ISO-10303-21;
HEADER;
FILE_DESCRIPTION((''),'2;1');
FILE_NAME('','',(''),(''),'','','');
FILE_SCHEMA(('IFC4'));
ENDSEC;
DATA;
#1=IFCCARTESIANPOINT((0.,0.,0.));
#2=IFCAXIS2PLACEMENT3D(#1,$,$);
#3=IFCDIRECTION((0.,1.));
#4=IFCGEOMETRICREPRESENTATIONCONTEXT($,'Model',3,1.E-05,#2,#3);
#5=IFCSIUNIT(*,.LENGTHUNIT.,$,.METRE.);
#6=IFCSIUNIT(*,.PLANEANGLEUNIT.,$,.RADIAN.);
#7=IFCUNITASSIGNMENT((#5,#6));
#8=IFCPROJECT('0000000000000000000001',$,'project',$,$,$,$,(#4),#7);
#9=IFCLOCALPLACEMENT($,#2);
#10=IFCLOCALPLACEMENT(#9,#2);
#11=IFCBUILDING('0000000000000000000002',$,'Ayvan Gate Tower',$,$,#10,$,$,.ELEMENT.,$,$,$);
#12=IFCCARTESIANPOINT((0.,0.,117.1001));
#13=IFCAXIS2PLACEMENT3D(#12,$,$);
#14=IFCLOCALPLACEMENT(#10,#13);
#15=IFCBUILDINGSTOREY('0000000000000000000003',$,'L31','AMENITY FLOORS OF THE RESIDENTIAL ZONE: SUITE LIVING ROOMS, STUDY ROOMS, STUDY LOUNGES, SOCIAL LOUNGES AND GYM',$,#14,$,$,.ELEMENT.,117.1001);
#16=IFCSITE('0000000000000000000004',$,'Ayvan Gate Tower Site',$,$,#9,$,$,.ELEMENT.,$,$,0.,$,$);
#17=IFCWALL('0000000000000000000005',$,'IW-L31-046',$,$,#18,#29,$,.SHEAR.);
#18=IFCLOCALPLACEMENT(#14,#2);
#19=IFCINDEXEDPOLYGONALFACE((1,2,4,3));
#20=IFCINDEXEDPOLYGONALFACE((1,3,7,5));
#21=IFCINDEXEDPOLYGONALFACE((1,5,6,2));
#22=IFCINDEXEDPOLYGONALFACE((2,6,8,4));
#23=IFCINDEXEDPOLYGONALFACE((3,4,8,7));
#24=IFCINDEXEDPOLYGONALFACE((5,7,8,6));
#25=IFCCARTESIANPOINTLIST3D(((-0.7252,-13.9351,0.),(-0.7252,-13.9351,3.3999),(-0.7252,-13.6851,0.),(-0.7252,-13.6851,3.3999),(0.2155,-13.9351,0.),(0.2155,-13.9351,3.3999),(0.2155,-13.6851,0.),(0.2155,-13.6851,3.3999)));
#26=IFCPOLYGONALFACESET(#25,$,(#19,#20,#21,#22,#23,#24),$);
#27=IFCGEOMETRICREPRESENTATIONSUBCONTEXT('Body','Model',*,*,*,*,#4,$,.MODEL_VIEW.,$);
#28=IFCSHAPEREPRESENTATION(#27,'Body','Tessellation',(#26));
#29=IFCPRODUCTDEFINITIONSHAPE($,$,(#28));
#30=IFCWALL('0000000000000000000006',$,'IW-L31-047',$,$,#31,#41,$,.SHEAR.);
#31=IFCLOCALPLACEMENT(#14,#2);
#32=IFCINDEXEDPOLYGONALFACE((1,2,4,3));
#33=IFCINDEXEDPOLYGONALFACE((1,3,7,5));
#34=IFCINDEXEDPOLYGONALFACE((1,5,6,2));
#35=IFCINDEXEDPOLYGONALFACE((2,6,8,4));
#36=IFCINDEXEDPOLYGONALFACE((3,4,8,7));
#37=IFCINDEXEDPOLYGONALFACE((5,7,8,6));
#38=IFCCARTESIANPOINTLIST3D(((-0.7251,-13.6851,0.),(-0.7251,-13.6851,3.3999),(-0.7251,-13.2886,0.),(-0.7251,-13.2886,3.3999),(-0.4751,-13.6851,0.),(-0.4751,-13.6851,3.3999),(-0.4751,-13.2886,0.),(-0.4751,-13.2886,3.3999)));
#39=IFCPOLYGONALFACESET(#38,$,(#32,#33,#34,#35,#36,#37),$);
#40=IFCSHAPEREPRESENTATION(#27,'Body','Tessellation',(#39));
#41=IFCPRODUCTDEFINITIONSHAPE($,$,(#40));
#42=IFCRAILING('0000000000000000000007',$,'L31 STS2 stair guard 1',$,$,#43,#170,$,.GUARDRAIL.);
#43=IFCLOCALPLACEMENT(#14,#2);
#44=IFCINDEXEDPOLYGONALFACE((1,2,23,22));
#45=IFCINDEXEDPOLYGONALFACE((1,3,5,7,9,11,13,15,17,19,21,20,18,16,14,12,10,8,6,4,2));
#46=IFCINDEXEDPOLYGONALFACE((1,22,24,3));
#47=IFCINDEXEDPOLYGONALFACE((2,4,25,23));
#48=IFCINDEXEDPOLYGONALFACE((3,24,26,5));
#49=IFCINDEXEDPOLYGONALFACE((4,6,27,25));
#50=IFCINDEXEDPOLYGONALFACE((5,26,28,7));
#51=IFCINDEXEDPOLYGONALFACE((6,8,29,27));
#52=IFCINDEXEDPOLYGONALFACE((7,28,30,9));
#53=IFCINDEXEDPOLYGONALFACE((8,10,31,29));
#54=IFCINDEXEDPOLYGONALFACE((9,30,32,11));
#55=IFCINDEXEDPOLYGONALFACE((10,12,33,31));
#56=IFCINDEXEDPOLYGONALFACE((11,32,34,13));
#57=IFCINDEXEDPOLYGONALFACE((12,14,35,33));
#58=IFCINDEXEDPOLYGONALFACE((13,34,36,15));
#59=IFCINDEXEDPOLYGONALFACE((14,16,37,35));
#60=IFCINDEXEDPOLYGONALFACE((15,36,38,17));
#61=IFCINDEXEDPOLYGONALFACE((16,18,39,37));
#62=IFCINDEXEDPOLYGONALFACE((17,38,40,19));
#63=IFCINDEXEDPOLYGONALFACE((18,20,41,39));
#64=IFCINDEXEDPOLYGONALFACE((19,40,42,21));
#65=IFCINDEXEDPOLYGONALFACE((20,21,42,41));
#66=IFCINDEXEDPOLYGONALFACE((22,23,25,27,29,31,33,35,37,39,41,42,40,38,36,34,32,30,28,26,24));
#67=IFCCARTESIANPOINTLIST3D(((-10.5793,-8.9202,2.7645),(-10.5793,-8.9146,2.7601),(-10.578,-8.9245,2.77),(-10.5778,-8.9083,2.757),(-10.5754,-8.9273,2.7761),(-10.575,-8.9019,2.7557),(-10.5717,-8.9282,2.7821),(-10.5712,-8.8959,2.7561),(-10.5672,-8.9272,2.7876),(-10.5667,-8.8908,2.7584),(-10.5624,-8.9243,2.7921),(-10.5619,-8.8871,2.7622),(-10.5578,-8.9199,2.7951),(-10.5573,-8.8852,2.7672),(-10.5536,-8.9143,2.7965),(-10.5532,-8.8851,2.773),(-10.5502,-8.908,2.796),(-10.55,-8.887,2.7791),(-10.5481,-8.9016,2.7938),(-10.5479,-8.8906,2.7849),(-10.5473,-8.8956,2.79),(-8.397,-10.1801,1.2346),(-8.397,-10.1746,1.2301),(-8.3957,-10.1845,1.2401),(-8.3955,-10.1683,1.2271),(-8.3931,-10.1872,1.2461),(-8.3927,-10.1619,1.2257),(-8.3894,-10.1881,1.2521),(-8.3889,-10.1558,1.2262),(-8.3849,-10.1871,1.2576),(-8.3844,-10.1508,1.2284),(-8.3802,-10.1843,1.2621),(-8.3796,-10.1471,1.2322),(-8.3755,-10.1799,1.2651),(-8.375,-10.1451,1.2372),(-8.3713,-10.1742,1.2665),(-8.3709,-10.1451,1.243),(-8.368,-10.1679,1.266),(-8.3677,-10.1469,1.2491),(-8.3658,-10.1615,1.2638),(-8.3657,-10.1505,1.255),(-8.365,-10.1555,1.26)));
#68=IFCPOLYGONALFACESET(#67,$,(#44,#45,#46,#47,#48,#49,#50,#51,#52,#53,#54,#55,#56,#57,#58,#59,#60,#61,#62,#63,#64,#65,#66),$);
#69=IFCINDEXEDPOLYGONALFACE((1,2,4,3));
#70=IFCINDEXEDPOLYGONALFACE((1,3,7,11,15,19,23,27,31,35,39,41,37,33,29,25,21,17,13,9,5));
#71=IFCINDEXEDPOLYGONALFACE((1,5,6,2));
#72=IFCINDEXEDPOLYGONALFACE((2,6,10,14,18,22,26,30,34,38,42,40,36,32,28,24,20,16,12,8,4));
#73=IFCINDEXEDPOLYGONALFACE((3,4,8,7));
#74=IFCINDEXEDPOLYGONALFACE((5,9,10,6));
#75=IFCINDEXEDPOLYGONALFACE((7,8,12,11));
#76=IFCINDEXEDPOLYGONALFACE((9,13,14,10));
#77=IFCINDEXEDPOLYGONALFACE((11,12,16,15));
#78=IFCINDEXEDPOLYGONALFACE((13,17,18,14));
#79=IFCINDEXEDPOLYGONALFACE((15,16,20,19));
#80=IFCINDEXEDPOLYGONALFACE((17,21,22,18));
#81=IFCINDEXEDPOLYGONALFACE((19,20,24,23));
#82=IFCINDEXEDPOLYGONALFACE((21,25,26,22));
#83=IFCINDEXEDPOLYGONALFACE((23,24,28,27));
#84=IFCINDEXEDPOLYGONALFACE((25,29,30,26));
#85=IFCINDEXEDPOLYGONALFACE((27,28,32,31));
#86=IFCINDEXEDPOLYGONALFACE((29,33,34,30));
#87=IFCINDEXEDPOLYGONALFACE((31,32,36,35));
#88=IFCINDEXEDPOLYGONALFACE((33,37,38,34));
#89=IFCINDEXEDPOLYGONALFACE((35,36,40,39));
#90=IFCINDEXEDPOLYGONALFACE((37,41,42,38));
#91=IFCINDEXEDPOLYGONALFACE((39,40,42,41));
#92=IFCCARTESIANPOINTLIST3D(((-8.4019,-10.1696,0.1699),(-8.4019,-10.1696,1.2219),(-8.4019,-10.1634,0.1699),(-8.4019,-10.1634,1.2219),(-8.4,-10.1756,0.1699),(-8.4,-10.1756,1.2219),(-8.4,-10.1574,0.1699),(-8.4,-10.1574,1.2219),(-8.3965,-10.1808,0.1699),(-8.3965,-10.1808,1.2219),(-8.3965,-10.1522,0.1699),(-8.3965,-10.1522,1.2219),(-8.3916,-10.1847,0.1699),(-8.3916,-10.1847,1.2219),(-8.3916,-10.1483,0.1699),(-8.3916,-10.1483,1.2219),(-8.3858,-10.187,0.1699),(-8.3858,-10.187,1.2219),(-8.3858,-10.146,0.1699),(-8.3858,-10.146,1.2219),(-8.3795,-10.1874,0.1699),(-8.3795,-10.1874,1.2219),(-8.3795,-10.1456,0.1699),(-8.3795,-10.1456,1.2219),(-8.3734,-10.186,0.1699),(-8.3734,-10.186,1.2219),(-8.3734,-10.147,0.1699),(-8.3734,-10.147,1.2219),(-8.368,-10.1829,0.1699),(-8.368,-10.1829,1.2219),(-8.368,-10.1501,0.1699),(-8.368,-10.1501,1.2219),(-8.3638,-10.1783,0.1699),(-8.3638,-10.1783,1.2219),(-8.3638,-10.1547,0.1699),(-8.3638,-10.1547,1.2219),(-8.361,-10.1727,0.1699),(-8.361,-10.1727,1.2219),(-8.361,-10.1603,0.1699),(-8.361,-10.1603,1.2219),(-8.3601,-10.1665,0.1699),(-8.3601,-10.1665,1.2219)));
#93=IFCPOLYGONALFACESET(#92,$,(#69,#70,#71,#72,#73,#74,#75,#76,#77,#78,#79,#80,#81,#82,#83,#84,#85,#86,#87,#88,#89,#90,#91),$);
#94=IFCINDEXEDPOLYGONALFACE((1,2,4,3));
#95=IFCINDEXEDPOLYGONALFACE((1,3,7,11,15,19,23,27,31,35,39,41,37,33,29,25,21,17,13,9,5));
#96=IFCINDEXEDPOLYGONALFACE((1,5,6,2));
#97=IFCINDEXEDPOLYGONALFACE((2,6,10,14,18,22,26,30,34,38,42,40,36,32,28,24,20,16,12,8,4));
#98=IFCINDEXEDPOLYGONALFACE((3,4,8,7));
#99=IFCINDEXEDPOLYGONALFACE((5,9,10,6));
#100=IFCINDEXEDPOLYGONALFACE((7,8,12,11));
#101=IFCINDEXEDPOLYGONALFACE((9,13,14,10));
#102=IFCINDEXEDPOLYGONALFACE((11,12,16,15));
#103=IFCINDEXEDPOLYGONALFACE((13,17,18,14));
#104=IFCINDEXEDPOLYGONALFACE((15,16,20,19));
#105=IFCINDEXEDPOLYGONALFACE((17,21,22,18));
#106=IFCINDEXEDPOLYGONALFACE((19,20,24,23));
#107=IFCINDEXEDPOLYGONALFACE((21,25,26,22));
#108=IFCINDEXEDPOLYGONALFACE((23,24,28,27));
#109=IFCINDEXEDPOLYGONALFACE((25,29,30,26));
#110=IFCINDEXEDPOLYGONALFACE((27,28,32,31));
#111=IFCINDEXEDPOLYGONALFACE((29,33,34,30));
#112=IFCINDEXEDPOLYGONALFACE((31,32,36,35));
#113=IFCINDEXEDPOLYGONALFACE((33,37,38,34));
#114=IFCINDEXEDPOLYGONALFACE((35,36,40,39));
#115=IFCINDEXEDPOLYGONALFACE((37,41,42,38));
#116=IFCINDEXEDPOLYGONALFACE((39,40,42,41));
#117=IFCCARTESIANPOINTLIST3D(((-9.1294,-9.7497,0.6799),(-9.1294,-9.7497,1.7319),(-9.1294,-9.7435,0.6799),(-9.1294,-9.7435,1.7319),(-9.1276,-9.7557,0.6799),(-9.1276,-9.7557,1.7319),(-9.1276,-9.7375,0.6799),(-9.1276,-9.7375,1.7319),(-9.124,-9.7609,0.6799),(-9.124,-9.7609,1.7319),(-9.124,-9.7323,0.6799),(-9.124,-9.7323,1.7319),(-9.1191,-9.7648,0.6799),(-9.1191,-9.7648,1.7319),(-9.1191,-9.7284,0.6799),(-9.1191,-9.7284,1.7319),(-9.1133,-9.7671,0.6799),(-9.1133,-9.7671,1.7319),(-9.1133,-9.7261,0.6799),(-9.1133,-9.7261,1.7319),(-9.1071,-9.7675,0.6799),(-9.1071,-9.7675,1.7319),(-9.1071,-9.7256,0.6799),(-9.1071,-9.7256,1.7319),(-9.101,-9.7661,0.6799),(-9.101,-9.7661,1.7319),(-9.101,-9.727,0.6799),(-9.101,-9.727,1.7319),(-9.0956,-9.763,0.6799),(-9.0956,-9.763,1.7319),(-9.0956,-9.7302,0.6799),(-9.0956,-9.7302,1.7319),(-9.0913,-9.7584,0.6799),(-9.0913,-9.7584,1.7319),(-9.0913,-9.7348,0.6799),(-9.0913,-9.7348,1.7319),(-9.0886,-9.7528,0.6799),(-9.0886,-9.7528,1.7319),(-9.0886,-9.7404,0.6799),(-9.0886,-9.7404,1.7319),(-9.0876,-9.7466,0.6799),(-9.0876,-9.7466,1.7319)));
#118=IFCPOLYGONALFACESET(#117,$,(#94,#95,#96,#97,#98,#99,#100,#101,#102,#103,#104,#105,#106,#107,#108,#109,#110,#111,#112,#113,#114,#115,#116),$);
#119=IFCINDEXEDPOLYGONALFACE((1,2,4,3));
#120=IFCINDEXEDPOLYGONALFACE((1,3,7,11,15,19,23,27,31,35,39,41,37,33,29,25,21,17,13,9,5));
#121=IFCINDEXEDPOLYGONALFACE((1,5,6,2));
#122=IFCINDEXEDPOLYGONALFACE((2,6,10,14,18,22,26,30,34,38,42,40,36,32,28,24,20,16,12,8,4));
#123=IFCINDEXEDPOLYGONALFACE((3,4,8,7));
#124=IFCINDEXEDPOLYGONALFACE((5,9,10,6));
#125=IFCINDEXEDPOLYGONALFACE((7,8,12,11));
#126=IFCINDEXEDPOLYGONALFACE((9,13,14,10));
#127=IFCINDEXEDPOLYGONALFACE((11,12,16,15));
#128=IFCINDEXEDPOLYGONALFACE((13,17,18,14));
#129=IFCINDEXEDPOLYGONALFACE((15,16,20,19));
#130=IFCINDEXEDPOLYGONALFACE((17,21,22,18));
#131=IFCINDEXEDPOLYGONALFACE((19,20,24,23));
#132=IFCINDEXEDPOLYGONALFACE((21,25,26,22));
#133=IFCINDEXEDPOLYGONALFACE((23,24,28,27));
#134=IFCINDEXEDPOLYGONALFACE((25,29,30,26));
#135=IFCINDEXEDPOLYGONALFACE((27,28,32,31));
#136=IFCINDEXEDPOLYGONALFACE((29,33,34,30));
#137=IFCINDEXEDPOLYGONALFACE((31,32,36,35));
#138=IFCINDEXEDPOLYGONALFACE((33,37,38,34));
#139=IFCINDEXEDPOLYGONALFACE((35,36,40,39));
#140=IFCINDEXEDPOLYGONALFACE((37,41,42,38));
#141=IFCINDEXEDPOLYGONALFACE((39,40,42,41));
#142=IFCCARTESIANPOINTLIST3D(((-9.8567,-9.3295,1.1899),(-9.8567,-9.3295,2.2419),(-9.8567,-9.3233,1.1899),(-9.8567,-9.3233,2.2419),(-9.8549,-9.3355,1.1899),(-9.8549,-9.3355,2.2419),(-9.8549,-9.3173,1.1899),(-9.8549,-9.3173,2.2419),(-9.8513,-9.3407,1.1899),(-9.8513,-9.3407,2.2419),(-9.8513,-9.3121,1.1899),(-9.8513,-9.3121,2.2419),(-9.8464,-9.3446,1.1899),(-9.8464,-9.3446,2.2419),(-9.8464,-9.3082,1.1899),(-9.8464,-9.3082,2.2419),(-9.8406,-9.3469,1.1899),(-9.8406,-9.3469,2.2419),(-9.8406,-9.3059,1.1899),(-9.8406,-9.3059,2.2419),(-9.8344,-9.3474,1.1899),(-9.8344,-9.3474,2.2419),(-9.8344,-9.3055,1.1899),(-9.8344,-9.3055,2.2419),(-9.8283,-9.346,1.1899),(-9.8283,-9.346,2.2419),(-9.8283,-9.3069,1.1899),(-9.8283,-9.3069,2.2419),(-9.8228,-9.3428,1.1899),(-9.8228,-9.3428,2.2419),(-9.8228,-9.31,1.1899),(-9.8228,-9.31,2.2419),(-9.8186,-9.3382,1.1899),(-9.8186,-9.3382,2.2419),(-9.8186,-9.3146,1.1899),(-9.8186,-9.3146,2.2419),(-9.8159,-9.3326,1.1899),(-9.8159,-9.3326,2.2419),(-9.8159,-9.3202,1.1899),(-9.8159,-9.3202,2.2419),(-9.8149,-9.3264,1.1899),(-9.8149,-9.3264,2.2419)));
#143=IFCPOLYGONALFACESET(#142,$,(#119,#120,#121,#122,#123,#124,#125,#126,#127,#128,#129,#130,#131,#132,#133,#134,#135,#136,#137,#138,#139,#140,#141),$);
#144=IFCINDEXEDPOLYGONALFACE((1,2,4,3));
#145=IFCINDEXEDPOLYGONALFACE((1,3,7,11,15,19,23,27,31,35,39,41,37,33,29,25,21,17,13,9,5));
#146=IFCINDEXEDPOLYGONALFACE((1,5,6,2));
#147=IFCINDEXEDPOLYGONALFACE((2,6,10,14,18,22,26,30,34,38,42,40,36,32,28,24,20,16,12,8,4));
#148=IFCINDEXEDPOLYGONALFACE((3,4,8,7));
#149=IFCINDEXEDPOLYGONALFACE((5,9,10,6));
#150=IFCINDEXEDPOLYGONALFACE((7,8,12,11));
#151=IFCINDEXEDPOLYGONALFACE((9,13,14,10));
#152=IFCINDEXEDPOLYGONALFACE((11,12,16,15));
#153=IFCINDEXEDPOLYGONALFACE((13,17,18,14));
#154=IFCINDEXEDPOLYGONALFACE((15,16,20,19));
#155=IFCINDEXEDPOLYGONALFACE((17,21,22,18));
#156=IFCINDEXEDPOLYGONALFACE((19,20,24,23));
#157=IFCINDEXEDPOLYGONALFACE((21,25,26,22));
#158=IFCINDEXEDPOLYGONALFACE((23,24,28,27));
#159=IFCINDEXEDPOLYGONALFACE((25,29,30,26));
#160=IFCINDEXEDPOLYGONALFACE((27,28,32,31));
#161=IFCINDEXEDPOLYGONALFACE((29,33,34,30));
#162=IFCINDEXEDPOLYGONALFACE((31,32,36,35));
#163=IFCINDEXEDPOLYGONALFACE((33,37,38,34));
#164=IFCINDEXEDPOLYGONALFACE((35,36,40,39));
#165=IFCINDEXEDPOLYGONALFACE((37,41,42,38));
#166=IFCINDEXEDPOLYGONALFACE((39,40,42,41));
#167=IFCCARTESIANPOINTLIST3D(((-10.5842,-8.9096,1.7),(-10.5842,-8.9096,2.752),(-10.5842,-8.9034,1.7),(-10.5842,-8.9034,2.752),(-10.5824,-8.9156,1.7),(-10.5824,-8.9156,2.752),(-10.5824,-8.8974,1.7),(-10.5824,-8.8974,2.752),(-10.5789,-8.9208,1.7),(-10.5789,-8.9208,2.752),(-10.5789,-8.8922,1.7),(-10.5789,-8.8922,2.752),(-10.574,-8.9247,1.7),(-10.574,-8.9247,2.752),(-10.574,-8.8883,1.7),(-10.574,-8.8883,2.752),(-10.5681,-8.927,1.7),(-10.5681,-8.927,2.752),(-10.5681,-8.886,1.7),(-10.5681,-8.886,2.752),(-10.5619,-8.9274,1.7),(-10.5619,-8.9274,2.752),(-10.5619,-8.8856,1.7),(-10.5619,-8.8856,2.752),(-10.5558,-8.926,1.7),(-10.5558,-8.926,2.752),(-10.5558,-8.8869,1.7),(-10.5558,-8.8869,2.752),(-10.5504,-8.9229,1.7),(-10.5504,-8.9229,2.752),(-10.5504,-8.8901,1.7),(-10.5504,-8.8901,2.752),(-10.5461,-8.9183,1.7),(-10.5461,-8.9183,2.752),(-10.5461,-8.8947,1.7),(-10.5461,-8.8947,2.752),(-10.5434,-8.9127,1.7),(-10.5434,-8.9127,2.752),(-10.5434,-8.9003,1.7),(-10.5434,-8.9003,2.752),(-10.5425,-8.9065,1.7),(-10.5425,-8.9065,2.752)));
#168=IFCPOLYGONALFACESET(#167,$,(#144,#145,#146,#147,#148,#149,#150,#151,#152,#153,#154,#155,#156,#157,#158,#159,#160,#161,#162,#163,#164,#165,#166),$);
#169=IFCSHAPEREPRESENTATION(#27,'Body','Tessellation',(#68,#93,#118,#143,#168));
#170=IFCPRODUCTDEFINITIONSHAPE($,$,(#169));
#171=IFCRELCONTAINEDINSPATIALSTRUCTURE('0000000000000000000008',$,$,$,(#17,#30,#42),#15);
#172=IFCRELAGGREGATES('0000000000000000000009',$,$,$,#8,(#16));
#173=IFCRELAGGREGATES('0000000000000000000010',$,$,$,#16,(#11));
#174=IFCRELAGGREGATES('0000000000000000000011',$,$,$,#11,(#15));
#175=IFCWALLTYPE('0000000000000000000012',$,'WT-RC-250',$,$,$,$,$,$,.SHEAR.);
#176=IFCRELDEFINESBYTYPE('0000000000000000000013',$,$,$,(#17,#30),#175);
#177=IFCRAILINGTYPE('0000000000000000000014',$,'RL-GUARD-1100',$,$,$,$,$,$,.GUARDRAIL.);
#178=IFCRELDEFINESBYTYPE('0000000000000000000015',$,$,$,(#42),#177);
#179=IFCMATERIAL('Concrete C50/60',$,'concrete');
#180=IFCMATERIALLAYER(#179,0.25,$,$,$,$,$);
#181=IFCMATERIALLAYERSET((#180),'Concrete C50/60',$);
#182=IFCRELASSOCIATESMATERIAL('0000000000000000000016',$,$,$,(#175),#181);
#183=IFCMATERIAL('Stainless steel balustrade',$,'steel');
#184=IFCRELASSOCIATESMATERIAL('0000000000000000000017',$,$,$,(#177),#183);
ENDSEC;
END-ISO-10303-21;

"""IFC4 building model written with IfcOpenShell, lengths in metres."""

from ifc_helpers import new_model, si_unit, direction, frame, frame_2d, origin, origin_2d, place, context, subcontext, project, spatial, rectangle, circle, extrude, material, layer, layer_set, type_object, element, save


model = new_model("IFC4")

# Units and contexts
model_context = context("Model", 3, precision=1e-05, world=origin(), true_north=direction((0.0, 1.0)))
body_context = subcontext(model_context, "Body", "Model", "MODEL_VIEW")
ifc_project = project(units=[si_unit("LENGTHUNIT", "METRE"), si_unit("PLANEANGLEUNIT", "RADIAN")], contexts=[model_context])

# Site, building, storey
site_placement = place(None, origin())
site = spatial("IfcSite", under=ifc_project, at=site_placement, Name="Ayvan Gate Tower Site", CompositionType="ELEMENT", RefElevation=0.0)
building_placement = place(site_placement, origin())
building = spatial("IfcBuilding", under=site, at=building_placement, Name="Ayvan Gate Tower", CompositionType="ELEMENT")
storey_placement = place(building_placement, frame((0.0, 0.0, 117.1001)))
storey = spatial("IfcBuildingStorey", under=building, at=storey_placement, Name="L31", Description="AMENITY FLOORS OF THE RESIDENTIAL ZONE: SUITE LIVING ROOMS, STUDY ROOMS, STUDY LOUNGES, SOCIAL LOUNGES AND GYM", CompositionType="ELEMENT", Elevation=117.1001)

# Shared definitions
ifc_material_1 = material(Name="Concrete C50/60", Category="concrete")
ifc_layer_1 = layer(ifc_material_1, 0.25)
ifc_layer_set_1 = layer_set([ifc_layer_1], Name="Concrete C50/60")
wall_type_1 = type_object("IfcWallType", Name="WT-RC-250", PredefinedType="SHEAR", material=ifc_layer_set_1)

# Walls
wall_1_placement = place(storey_placement, frame((-0.7251, -13.8101, 0.0), z_axis=(0.0, 0.0, 1.0), x_axis=(1.0, 0.0, 0.0)))
element("IfcWall", 1, at=wall_1_placement, inside=storey, type_object=wall_type_1, Name="IW-L31-046", PredefinedType="SHEAR", context=body_context, shape_type="SweptSolid", body=[
    extrude(rectangle(XDim=0.9407, YDim=0.25, at=frame_2d((0.4702, 0.0))), origin(), (0.0, 0.0, 1.0), 3.3999),
])
wall_2_placement = place(storey_placement, frame((-0.6001, -13.2886, 0.0), z_axis=(0.0, 0.0, 1.0), x_axis=(0.0, -1.0, 0.0)))
element("IfcWall", 2, at=wall_2_placement, inside=storey, type_object=wall_type_1, Name="IW-L31-047", PredefinedType="SHEAR", context=body_context, shape_type="SweptSolid", body=[
    extrude(rectangle(XDim=0.3965, YDim=0.25, at=frame_2d((0.1982, 0.0))), origin(), (0.0, 0.0, 1.0), 3.3999),
])

# Railing
ifc_material_2 = material(Name="Stainless steel balustrade", Category="steel")
railing_type_1 = type_object("IfcRailingType", Name="RL-GUARD-1100", PredefinedType="GUARDRAIL", material=ifc_material_2)
railing_1_placement = place(storey_placement, frame((-8.3811, -10.1665, 0.1699)))
element("IfcRailing", 3, at=railing_1_placement, inside=storey, type_object=railing_type_1, Name="L31 STS2 stair guard 1", PredefinedType="GUARDRAIL", context=body_context, shape_type="SweptSolid", body=[
    extrude(circle(Radius=0.0239, at=origin_2d()), frame((0.0, 0.0, 1.0762), z_axis=(-0.740261, 0.427395, 0.518986), x_axis=(-0.500005, -0.866023, 0.0)), (0.0, 0.0, 1.0), 2.948),
    extrude(circle(Radius=0.021, at=origin_2d()), origin(), (0.0, 0.0, 1.0), 1.052),
    extrude(circle(Radius=0.021, at=origin_2d()), frame((-0.7275, 0.4199, 0.51)), (0.0, 0.0, 1.0), 1.052),
    extrude(circle(Radius=0.021, at=origin_2d()), frame((-1.4548, 0.8401, 1.02)), (0.0, 0.0, 1.0), 1.052),
    extrude(circle(Radius=0.021, at=origin_2d()), frame((-2.1824, 1.26, 1.53)), (0.0, 0.0, 1.0), 1.052),
])

save(model, "model.ifc")
